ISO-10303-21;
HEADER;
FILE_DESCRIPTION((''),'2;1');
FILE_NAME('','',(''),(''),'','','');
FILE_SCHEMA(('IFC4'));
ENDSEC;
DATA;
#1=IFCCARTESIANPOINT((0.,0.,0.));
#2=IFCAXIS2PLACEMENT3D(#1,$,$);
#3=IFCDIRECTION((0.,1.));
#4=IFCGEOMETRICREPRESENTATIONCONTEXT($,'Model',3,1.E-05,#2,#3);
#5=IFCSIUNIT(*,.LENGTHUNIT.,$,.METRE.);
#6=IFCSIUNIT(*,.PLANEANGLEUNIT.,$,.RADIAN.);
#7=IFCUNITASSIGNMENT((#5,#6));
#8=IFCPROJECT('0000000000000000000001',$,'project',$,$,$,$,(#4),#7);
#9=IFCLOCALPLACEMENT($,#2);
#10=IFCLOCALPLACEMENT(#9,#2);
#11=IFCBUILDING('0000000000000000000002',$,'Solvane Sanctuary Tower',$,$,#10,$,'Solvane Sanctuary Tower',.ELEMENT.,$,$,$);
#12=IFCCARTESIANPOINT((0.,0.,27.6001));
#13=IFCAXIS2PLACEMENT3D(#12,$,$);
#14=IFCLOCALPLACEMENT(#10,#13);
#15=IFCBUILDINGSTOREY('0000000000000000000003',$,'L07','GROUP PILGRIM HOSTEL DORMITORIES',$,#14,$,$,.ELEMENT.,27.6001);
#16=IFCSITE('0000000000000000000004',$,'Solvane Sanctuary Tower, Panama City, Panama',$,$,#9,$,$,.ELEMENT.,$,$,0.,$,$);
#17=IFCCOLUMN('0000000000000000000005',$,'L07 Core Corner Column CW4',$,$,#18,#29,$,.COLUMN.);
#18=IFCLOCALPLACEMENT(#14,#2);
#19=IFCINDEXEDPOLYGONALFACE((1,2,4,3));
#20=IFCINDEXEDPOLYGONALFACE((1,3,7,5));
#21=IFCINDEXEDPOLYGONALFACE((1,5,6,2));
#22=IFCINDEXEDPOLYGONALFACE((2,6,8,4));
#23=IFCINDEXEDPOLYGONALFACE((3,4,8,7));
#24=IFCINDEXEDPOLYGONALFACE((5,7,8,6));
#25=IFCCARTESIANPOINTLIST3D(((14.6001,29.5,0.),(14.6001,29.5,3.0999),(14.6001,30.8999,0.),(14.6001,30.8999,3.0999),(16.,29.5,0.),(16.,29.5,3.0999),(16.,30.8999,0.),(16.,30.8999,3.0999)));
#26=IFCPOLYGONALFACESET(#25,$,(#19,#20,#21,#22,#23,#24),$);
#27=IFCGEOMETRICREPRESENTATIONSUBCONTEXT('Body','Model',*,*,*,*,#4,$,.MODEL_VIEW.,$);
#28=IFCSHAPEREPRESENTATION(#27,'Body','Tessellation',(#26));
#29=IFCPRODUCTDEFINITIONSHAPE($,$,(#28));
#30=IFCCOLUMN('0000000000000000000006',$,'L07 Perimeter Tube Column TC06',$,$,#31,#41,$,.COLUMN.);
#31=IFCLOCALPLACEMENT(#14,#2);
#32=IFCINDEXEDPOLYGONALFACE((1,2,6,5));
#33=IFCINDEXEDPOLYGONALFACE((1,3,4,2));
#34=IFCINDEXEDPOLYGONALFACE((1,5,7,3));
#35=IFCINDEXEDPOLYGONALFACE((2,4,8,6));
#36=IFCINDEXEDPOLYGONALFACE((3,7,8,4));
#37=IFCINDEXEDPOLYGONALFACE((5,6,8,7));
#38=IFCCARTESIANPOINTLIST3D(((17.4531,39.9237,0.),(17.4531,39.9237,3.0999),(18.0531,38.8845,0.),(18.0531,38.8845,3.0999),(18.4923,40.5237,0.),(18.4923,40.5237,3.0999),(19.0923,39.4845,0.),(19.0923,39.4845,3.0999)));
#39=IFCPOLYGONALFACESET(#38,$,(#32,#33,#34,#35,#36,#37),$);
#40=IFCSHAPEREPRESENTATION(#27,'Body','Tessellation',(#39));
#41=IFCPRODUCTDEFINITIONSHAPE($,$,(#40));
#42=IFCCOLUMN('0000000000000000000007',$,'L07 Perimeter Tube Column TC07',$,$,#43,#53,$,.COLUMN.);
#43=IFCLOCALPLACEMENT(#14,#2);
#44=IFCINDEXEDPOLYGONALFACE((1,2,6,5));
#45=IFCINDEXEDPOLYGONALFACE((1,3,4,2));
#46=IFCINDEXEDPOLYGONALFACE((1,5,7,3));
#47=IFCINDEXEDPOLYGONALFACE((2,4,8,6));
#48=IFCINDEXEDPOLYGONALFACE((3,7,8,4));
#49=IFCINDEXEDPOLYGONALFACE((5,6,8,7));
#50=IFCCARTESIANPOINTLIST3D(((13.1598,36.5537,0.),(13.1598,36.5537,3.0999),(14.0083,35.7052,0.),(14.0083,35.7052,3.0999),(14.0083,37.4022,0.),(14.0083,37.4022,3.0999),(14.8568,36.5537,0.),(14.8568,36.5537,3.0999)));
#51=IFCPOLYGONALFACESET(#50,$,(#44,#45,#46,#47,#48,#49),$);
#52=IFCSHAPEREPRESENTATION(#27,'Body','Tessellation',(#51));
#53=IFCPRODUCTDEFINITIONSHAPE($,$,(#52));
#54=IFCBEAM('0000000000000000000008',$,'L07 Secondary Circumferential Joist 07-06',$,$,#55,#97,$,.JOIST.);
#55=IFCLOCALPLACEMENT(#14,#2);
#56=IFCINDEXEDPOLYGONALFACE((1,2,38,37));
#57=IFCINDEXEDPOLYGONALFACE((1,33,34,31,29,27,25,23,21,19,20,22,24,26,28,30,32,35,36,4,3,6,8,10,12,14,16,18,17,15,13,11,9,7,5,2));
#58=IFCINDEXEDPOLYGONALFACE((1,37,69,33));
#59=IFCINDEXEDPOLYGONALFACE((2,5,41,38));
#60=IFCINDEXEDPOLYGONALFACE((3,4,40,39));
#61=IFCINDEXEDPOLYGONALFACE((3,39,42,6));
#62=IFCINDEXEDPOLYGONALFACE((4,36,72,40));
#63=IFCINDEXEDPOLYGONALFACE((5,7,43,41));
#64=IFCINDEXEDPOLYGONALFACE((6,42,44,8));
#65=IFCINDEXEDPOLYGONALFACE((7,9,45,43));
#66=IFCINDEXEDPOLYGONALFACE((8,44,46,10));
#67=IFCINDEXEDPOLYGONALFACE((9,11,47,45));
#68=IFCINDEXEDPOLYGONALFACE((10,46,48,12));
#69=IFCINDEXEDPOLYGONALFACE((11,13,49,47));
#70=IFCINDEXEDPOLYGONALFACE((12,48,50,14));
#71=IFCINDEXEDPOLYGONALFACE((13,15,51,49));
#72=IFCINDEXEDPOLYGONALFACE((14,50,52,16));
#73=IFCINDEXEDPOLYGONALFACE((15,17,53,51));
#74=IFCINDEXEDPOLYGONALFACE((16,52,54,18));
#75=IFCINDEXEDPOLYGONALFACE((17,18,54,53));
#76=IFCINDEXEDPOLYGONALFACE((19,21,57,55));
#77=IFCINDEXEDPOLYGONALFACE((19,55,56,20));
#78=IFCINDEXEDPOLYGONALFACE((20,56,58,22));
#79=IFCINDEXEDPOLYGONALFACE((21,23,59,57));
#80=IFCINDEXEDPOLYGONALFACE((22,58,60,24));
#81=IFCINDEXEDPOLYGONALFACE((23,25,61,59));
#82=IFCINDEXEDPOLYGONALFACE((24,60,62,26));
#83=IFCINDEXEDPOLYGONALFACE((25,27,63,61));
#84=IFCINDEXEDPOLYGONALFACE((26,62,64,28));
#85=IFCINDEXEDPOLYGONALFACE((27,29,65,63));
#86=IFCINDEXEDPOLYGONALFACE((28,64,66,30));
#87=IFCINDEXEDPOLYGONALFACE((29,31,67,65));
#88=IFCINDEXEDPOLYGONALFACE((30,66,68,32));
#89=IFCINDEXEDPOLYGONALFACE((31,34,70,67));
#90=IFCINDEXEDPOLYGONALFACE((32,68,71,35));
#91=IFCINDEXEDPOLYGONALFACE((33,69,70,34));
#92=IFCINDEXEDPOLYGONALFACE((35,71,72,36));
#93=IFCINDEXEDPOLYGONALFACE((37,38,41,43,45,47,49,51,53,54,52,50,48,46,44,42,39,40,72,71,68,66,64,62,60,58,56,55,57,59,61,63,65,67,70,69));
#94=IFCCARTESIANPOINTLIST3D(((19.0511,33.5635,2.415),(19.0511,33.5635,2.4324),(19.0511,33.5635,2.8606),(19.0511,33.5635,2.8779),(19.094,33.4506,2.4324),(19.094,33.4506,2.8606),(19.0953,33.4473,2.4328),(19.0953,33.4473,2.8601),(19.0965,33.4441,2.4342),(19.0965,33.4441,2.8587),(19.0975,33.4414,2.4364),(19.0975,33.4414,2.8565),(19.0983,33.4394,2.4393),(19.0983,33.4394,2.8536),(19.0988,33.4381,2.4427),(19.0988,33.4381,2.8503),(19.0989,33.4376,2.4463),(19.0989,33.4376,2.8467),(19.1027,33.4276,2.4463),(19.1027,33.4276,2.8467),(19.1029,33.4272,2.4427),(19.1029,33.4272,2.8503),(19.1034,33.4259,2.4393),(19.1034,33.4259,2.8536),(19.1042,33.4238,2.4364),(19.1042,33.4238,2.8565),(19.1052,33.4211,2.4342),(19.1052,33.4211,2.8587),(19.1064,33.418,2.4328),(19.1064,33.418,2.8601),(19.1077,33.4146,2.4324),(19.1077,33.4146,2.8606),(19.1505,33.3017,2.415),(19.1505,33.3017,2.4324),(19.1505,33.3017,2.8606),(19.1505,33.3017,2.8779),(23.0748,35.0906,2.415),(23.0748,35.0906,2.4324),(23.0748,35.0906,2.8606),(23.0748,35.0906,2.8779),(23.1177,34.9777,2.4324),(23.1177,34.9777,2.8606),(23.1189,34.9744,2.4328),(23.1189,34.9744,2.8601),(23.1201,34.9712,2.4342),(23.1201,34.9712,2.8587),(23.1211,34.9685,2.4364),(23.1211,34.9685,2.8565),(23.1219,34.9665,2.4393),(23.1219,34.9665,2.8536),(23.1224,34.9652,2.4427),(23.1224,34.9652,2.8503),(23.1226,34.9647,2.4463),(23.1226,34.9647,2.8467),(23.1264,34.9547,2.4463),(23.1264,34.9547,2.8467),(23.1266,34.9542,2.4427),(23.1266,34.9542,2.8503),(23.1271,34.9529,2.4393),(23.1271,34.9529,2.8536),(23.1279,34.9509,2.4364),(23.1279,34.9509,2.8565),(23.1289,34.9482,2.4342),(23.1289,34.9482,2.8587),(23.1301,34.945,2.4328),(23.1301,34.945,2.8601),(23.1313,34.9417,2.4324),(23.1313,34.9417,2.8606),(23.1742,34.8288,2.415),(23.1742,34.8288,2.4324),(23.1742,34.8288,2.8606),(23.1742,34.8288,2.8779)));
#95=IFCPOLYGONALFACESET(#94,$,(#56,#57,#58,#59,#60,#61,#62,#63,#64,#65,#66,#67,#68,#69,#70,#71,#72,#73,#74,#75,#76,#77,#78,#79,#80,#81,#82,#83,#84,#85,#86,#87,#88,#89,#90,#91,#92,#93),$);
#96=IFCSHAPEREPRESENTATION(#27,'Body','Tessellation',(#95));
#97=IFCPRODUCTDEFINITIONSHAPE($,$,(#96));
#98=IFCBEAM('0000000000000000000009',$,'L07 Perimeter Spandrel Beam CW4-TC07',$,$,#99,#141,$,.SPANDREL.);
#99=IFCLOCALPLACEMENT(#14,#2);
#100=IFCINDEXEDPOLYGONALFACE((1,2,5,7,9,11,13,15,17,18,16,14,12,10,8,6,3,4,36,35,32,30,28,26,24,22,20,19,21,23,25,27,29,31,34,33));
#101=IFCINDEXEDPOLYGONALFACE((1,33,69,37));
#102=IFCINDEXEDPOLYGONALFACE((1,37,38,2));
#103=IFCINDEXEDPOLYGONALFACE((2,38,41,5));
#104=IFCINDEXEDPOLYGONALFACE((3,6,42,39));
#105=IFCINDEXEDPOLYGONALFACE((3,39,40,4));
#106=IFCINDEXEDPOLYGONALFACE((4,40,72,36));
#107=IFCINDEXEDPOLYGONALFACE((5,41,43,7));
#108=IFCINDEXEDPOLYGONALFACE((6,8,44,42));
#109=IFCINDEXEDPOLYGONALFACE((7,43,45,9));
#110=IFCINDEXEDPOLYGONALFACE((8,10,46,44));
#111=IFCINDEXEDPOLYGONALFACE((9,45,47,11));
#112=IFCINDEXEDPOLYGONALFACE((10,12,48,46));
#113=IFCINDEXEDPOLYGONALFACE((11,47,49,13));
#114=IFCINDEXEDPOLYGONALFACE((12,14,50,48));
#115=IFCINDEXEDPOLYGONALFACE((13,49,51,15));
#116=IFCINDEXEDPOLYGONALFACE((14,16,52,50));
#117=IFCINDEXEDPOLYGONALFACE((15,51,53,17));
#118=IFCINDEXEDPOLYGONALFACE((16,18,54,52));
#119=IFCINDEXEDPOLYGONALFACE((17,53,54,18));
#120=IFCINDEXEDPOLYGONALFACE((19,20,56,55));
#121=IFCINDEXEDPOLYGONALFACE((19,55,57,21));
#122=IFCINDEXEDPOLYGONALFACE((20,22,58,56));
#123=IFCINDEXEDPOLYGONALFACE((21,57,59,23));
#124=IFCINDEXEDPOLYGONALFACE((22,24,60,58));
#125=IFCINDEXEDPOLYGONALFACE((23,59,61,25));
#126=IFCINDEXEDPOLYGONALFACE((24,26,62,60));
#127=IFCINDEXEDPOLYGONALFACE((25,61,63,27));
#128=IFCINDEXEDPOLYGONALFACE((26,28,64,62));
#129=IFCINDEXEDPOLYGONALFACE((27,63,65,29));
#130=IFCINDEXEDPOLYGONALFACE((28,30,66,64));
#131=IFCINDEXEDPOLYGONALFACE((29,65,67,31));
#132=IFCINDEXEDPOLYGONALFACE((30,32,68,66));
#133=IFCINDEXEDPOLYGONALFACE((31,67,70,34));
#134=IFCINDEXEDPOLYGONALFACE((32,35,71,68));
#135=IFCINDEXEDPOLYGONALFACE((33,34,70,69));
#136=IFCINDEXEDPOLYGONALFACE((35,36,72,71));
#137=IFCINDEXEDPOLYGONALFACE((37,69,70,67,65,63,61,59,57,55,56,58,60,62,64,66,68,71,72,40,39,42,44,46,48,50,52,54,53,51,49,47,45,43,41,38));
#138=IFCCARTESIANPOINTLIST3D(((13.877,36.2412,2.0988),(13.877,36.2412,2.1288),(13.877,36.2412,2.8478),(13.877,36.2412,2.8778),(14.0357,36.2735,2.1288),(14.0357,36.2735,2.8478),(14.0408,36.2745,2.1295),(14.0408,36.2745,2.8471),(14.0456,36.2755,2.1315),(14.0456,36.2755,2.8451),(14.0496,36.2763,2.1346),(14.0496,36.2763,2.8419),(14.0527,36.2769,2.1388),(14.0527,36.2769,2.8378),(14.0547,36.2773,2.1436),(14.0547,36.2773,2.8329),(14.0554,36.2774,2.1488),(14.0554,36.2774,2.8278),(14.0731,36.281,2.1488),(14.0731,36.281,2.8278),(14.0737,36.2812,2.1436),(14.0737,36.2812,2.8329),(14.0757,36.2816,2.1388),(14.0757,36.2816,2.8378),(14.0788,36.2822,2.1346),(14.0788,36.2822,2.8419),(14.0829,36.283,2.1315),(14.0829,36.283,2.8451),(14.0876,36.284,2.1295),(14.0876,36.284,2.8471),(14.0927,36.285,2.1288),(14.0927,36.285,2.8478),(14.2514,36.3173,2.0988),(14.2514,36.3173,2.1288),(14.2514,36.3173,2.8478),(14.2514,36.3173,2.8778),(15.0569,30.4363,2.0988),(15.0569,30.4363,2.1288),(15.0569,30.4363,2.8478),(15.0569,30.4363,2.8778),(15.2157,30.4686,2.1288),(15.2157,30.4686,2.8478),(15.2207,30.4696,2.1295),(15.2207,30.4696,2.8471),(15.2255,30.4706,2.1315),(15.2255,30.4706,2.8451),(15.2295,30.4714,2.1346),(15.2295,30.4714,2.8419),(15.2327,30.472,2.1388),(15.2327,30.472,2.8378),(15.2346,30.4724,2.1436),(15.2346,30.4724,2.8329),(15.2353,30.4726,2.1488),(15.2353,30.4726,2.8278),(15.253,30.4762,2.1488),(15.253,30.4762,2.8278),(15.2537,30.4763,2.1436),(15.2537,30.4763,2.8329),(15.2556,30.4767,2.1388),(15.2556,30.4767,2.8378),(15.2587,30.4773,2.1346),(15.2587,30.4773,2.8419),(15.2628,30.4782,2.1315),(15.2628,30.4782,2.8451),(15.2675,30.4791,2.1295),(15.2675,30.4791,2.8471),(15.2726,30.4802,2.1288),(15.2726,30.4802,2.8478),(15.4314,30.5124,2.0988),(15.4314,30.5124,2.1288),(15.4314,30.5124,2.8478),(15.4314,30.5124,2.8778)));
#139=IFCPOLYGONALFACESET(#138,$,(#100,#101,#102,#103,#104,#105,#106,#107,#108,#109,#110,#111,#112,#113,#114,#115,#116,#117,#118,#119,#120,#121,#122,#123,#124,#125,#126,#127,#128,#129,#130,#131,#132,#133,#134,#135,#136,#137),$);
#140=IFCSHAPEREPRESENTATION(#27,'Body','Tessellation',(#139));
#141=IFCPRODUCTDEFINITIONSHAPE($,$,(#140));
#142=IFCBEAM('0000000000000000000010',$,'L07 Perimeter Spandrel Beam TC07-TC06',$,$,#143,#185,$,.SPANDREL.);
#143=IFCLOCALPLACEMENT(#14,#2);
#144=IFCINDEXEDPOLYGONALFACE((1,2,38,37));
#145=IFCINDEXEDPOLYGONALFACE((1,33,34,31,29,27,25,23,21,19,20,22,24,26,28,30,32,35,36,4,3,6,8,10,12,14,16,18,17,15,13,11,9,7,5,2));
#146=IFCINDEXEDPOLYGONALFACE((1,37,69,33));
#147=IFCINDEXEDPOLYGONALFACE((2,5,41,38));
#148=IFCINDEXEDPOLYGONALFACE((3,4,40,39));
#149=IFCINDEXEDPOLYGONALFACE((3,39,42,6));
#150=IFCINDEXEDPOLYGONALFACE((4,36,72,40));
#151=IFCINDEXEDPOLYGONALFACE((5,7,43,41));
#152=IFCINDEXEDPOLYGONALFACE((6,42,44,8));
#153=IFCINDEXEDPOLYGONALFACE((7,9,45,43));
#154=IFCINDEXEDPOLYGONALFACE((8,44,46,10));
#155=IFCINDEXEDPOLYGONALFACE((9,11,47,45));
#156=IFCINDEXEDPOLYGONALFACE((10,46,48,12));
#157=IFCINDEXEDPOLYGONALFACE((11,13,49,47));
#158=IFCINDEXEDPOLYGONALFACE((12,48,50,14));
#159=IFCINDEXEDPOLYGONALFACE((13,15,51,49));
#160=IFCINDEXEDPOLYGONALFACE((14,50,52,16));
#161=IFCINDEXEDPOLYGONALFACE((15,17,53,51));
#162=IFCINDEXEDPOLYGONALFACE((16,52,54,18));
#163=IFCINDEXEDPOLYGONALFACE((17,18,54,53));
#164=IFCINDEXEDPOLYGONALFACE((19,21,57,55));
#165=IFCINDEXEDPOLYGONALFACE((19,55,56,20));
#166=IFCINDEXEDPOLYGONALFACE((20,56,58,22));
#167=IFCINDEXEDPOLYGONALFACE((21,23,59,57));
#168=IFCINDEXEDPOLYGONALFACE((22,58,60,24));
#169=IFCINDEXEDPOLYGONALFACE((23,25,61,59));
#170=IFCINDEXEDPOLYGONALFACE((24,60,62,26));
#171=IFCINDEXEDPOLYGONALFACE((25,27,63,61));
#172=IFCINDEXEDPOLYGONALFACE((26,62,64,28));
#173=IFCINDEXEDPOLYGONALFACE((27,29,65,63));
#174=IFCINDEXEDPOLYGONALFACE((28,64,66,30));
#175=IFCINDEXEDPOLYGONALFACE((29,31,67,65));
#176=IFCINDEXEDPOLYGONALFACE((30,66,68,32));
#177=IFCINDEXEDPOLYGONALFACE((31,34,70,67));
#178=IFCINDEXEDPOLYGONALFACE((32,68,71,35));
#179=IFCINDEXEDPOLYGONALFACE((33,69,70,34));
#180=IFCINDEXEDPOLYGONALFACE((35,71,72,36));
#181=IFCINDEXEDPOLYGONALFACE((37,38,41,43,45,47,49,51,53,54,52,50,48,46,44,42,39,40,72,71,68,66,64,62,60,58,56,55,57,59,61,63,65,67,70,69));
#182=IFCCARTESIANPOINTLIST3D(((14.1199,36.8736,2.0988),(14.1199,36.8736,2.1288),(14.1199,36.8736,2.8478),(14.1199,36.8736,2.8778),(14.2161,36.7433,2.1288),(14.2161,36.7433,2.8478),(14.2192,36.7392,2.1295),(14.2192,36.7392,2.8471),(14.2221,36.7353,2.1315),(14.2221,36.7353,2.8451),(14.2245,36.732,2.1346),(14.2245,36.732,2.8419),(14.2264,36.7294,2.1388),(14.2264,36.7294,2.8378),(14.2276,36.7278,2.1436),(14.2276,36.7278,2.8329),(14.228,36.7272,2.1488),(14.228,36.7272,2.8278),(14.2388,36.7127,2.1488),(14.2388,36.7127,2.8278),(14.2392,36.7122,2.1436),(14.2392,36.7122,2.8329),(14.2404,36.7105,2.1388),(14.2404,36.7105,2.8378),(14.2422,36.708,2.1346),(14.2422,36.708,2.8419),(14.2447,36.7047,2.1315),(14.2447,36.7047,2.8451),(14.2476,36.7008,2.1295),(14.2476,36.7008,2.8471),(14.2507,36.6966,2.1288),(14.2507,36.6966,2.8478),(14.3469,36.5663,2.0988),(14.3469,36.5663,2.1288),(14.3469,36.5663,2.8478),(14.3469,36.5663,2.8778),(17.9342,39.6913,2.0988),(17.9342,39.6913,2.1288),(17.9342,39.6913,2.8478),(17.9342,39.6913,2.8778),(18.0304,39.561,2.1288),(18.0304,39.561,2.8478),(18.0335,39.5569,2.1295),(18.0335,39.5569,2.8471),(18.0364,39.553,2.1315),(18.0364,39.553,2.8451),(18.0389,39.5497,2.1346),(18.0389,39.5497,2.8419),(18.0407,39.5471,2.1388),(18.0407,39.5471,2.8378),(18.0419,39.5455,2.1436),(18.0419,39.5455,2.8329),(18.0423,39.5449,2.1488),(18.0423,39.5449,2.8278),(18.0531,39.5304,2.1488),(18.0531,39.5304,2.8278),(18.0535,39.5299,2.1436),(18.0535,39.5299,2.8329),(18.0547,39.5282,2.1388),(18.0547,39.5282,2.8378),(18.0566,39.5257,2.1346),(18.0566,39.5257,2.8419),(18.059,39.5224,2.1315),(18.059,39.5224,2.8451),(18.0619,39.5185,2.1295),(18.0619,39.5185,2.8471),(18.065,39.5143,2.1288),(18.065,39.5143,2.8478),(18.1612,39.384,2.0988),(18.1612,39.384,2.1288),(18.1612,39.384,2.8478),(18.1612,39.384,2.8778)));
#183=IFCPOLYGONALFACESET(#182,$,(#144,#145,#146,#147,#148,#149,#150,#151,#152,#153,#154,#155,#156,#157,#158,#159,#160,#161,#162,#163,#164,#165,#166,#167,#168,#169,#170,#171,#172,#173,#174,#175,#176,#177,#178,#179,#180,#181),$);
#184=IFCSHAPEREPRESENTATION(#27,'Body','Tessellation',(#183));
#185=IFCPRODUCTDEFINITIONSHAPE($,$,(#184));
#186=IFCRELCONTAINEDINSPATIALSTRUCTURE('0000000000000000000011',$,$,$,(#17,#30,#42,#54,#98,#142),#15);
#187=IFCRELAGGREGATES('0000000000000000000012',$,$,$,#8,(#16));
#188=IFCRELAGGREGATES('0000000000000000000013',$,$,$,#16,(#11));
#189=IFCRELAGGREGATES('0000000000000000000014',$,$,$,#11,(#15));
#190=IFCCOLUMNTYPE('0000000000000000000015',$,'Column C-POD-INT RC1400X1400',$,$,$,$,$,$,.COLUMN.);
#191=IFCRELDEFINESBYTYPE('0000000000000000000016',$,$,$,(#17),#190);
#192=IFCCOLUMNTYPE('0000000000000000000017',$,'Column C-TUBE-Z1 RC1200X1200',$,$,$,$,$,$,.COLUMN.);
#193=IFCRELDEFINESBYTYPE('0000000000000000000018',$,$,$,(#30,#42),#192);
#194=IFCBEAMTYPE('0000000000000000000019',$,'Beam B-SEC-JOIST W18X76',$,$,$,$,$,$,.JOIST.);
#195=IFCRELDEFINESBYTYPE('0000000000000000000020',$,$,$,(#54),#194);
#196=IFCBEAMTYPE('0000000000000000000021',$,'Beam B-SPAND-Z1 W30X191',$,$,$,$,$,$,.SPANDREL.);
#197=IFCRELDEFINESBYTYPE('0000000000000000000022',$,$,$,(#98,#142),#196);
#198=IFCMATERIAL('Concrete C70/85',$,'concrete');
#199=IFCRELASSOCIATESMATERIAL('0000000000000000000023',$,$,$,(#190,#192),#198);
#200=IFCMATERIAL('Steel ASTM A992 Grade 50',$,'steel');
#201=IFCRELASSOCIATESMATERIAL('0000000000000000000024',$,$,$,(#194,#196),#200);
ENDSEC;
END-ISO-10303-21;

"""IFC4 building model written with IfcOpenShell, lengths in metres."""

from ifc_helpers import new_model, si_unit, direction, frame, origin, origin_2d, place, context, subcontext, project, spatial, rectangle, i_section, extrude, material, material_profile, profile_set, type_object, element, save


model = new_model("IFC4")

# Units and contexts
model_context = context("Model", 3, precision=1e-05, world=origin(), true_north=direction((0.0, 1.0)))
body_context = subcontext(model_context, "Body", "Model", "MODEL_VIEW")
ifc_project = project(units=[si_unit("LENGTHUNIT", "METRE"), si_unit("PLANEANGLEUNIT", "RADIAN")], contexts=[model_context])

# Site, building, storey
site_placement = place(None, origin())
site = spatial("IfcSite", under=ifc_project, at=site_placement, Name="Solvane Sanctuary Tower, Panama City, Panama", CompositionType="ELEMENT", RefElevation=0.0)
building_placement = place(site_placement, origin())
building = spatial("IfcBuilding", under=site, at=building_placement, Name="Solvane Sanctuary Tower", LongName="Solvane Sanctuary Tower", CompositionType="ELEMENT")
storey_placement = place(building_placement, frame((0.0, 0.0, 27.6001)))
storey = spatial("IfcBuildingStorey", under=building, at=storey_placement, Name="L07", Description="GROUP PILGRIM HOSTEL DORMITORIES", CompositionType="ELEMENT", Elevation=27.6001)

# Columns
ifc_material_1 = material(Name="Concrete C70/85", Category="concrete")
ifc_material_profile_1 = material_profile(ifc_material_1, rectangle(XDim=1.3999, YDim=1.3999, at=origin_2d()), Name="RC1400X1400")
ifc_profile_set_1 = profile_set([ifc_material_profile_1], Name="Concrete C70/85")
column_type_1 = type_object("IfcColumnType", Name="Column C-POD-INT RC1400X1400", PredefinedType="COLUMN", material=ifc_profile_set_1)
column_placement = place(storey_placement, frame((15.3, 30.2, 0.0), z_axis=(0.0, 0.0, 1.0), x_axis=(1.0, 0.0, 0.0)))
element("IfcColumn", 1, at=column_placement, inside=storey, type_object=column_type_1, Name="L07 Core Corner Column CW4", PredefinedType="COLUMN", context=body_context, shape_type="SweptSolid", body=[
    extrude(rectangle(XDim=1.3999, YDim=1.3999, at=origin_2d()), origin(), (0.0, 0.0, 1.0), 3.0999),
])
ifc_material_profile_2 = material_profile(ifc_material_1, rectangle(XDim=1.2, YDim=1.2, at=origin_2d()), Name="RC1200X1200")
ifc_profile_set_2 = profile_set([ifc_material_profile_2], Name="Concrete C70/85")
column_type_2 = type_object("IfcColumnType", Name="Column C-TUBE-Z1 RC1200X1200", PredefinedType="COLUMN", material=ifc_profile_set_2)
for number, where, z_axis, x_axis, name in (
    (2, (18.2727, 39.7041, 0.0), (0.0, 0.0, 1.0), (-0.5, 0.866025, 0.0), "L07 Perimeter Tube Column TC06"),
    (3, (14.0083, 36.5537, 0.0), (0.0, 0.0, 1.0), (-0.707107, 0.707107, 0.0), "L07 Perimeter Tube Column TC07"),
):
    element("IfcColumn", number, at=place(storey_placement, frame(where, z_axis=z_axis, x_axis=x_axis)), inside=storey, type_object=column_type_2, Name=name, PredefinedType="COLUMN", context=body_context, shape_type="SweptSolid", body=[
        extrude(rectangle(XDim=1.2, YDim=1.2, at=origin_2d()), origin(), (0.0, 0.0, 1.0), 3.0999),
    ])

# Beams
ifc_material_2 = material(Name="Steel ASTM A992 Grade 50", Category="steel")
ifc_material_profile_3 = material_profile(ifc_material_2, i_section(OverallWidth=0.28, OverallDepth=0.4629, WebThickness=0.0107, FlangeThickness=0.0173, FilletRadius=0.0139, at=origin_2d()), Name="W18X76")
ifc_profile_set_3 = profile_set([ifc_material_profile_3], Name="Steel ASTM A992 Grade 50")
beam_type_1 = type_object("IfcBeamType", Name="Beam B-SEC-JOIST W18X76", PredefinedType="JOIST", material=ifc_profile_set_3)
beam_1_placement = place(storey_placement, frame((19.1008, 33.4326, 2.6465), z_axis=(0.93493, 0.354832, 0.0), x_axis=(-0.354832, 0.93493, 0.0)))
element("IfcBeam", 4, at=beam_1_placement, inside=storey, type_object=beam_type_1, Name="L07 Secondary Circumferential Joist 07-06", PredefinedType="JOIST", context=body_context, shape_type="SweptSolid", body=[
    extrude(i_section(OverallWidth=0.28, OverallDepth=0.4629, WebThickness=0.0107, FlangeThickness=0.0173, FilletRadius=0.0139, at=origin_2d()), origin(), (0.0, 0.0, 1.0), 4.3037),
])
ifc_material_profile_4 = material_profile(ifc_material_2, i_section(OverallWidth=0.3821, OverallDepth=0.7791, WebThickness=0.0181, FlangeThickness=0.03, FilletRadius=0.02, at=origin_2d()), Name="W30X191")
ifc_profile_set_4 = profile_set([ifc_material_profile_4], Name="Steel ASTM A992 Grade 50")
beam_type_2 = type_object("IfcBeamType", Name="Beam B-SPAND-Z1 W30X191", PredefinedType="SPANDREL", material=ifc_profile_set_4)
beam_2_placement = place(storey_placement, frame((15.2441, 30.4744, 2.4883), z_axis=(-0.19919, 0.979961, 0.0), x_axis=(-0.979961, -0.19919, 0.0)))
element("IfcBeam", 5, at=beam_2_placement, inside=storey, type_object=beam_type_2, Name="L07 Perimeter Spandrel Beam CW4-TC07", PredefinedType="SPANDREL", context=body_context, shape_type="SweptSolid", body=[
    extrude(i_section(OverallWidth=0.3821, OverallDepth=0.7791, WebThickness=0.0181, FlangeThickness=0.03, FilletRadius=0.02, at=origin_2d()), origin(), (0.0, 0.0, 1.0), 5.9236),
])
beam_3_placement = place(storey_placement, frame((14.2334, 36.72, 2.4883), z_axis=(0.804334, 0.594177, 0.0), x_axis=(-0.594177, 0.804334, 0.0)))
element("IfcBeam", 6, at=beam_3_placement, inside=storey, type_object=beam_type_2, Name="L07 Perimeter Spandrel Beam TC07-TC06", PredefinedType="SPANDREL", context=body_context, shape_type="SweptSolid", body=[
    extrude(i_section(OverallWidth=0.3821, OverallDepth=0.7791, WebThickness=0.0181, FlangeThickness=0.03, FilletRadius=0.02, at=origin_2d()), origin(), (0.0, 0.0, 1.0), 4.7422),
])

save(model, "model.ifc")
